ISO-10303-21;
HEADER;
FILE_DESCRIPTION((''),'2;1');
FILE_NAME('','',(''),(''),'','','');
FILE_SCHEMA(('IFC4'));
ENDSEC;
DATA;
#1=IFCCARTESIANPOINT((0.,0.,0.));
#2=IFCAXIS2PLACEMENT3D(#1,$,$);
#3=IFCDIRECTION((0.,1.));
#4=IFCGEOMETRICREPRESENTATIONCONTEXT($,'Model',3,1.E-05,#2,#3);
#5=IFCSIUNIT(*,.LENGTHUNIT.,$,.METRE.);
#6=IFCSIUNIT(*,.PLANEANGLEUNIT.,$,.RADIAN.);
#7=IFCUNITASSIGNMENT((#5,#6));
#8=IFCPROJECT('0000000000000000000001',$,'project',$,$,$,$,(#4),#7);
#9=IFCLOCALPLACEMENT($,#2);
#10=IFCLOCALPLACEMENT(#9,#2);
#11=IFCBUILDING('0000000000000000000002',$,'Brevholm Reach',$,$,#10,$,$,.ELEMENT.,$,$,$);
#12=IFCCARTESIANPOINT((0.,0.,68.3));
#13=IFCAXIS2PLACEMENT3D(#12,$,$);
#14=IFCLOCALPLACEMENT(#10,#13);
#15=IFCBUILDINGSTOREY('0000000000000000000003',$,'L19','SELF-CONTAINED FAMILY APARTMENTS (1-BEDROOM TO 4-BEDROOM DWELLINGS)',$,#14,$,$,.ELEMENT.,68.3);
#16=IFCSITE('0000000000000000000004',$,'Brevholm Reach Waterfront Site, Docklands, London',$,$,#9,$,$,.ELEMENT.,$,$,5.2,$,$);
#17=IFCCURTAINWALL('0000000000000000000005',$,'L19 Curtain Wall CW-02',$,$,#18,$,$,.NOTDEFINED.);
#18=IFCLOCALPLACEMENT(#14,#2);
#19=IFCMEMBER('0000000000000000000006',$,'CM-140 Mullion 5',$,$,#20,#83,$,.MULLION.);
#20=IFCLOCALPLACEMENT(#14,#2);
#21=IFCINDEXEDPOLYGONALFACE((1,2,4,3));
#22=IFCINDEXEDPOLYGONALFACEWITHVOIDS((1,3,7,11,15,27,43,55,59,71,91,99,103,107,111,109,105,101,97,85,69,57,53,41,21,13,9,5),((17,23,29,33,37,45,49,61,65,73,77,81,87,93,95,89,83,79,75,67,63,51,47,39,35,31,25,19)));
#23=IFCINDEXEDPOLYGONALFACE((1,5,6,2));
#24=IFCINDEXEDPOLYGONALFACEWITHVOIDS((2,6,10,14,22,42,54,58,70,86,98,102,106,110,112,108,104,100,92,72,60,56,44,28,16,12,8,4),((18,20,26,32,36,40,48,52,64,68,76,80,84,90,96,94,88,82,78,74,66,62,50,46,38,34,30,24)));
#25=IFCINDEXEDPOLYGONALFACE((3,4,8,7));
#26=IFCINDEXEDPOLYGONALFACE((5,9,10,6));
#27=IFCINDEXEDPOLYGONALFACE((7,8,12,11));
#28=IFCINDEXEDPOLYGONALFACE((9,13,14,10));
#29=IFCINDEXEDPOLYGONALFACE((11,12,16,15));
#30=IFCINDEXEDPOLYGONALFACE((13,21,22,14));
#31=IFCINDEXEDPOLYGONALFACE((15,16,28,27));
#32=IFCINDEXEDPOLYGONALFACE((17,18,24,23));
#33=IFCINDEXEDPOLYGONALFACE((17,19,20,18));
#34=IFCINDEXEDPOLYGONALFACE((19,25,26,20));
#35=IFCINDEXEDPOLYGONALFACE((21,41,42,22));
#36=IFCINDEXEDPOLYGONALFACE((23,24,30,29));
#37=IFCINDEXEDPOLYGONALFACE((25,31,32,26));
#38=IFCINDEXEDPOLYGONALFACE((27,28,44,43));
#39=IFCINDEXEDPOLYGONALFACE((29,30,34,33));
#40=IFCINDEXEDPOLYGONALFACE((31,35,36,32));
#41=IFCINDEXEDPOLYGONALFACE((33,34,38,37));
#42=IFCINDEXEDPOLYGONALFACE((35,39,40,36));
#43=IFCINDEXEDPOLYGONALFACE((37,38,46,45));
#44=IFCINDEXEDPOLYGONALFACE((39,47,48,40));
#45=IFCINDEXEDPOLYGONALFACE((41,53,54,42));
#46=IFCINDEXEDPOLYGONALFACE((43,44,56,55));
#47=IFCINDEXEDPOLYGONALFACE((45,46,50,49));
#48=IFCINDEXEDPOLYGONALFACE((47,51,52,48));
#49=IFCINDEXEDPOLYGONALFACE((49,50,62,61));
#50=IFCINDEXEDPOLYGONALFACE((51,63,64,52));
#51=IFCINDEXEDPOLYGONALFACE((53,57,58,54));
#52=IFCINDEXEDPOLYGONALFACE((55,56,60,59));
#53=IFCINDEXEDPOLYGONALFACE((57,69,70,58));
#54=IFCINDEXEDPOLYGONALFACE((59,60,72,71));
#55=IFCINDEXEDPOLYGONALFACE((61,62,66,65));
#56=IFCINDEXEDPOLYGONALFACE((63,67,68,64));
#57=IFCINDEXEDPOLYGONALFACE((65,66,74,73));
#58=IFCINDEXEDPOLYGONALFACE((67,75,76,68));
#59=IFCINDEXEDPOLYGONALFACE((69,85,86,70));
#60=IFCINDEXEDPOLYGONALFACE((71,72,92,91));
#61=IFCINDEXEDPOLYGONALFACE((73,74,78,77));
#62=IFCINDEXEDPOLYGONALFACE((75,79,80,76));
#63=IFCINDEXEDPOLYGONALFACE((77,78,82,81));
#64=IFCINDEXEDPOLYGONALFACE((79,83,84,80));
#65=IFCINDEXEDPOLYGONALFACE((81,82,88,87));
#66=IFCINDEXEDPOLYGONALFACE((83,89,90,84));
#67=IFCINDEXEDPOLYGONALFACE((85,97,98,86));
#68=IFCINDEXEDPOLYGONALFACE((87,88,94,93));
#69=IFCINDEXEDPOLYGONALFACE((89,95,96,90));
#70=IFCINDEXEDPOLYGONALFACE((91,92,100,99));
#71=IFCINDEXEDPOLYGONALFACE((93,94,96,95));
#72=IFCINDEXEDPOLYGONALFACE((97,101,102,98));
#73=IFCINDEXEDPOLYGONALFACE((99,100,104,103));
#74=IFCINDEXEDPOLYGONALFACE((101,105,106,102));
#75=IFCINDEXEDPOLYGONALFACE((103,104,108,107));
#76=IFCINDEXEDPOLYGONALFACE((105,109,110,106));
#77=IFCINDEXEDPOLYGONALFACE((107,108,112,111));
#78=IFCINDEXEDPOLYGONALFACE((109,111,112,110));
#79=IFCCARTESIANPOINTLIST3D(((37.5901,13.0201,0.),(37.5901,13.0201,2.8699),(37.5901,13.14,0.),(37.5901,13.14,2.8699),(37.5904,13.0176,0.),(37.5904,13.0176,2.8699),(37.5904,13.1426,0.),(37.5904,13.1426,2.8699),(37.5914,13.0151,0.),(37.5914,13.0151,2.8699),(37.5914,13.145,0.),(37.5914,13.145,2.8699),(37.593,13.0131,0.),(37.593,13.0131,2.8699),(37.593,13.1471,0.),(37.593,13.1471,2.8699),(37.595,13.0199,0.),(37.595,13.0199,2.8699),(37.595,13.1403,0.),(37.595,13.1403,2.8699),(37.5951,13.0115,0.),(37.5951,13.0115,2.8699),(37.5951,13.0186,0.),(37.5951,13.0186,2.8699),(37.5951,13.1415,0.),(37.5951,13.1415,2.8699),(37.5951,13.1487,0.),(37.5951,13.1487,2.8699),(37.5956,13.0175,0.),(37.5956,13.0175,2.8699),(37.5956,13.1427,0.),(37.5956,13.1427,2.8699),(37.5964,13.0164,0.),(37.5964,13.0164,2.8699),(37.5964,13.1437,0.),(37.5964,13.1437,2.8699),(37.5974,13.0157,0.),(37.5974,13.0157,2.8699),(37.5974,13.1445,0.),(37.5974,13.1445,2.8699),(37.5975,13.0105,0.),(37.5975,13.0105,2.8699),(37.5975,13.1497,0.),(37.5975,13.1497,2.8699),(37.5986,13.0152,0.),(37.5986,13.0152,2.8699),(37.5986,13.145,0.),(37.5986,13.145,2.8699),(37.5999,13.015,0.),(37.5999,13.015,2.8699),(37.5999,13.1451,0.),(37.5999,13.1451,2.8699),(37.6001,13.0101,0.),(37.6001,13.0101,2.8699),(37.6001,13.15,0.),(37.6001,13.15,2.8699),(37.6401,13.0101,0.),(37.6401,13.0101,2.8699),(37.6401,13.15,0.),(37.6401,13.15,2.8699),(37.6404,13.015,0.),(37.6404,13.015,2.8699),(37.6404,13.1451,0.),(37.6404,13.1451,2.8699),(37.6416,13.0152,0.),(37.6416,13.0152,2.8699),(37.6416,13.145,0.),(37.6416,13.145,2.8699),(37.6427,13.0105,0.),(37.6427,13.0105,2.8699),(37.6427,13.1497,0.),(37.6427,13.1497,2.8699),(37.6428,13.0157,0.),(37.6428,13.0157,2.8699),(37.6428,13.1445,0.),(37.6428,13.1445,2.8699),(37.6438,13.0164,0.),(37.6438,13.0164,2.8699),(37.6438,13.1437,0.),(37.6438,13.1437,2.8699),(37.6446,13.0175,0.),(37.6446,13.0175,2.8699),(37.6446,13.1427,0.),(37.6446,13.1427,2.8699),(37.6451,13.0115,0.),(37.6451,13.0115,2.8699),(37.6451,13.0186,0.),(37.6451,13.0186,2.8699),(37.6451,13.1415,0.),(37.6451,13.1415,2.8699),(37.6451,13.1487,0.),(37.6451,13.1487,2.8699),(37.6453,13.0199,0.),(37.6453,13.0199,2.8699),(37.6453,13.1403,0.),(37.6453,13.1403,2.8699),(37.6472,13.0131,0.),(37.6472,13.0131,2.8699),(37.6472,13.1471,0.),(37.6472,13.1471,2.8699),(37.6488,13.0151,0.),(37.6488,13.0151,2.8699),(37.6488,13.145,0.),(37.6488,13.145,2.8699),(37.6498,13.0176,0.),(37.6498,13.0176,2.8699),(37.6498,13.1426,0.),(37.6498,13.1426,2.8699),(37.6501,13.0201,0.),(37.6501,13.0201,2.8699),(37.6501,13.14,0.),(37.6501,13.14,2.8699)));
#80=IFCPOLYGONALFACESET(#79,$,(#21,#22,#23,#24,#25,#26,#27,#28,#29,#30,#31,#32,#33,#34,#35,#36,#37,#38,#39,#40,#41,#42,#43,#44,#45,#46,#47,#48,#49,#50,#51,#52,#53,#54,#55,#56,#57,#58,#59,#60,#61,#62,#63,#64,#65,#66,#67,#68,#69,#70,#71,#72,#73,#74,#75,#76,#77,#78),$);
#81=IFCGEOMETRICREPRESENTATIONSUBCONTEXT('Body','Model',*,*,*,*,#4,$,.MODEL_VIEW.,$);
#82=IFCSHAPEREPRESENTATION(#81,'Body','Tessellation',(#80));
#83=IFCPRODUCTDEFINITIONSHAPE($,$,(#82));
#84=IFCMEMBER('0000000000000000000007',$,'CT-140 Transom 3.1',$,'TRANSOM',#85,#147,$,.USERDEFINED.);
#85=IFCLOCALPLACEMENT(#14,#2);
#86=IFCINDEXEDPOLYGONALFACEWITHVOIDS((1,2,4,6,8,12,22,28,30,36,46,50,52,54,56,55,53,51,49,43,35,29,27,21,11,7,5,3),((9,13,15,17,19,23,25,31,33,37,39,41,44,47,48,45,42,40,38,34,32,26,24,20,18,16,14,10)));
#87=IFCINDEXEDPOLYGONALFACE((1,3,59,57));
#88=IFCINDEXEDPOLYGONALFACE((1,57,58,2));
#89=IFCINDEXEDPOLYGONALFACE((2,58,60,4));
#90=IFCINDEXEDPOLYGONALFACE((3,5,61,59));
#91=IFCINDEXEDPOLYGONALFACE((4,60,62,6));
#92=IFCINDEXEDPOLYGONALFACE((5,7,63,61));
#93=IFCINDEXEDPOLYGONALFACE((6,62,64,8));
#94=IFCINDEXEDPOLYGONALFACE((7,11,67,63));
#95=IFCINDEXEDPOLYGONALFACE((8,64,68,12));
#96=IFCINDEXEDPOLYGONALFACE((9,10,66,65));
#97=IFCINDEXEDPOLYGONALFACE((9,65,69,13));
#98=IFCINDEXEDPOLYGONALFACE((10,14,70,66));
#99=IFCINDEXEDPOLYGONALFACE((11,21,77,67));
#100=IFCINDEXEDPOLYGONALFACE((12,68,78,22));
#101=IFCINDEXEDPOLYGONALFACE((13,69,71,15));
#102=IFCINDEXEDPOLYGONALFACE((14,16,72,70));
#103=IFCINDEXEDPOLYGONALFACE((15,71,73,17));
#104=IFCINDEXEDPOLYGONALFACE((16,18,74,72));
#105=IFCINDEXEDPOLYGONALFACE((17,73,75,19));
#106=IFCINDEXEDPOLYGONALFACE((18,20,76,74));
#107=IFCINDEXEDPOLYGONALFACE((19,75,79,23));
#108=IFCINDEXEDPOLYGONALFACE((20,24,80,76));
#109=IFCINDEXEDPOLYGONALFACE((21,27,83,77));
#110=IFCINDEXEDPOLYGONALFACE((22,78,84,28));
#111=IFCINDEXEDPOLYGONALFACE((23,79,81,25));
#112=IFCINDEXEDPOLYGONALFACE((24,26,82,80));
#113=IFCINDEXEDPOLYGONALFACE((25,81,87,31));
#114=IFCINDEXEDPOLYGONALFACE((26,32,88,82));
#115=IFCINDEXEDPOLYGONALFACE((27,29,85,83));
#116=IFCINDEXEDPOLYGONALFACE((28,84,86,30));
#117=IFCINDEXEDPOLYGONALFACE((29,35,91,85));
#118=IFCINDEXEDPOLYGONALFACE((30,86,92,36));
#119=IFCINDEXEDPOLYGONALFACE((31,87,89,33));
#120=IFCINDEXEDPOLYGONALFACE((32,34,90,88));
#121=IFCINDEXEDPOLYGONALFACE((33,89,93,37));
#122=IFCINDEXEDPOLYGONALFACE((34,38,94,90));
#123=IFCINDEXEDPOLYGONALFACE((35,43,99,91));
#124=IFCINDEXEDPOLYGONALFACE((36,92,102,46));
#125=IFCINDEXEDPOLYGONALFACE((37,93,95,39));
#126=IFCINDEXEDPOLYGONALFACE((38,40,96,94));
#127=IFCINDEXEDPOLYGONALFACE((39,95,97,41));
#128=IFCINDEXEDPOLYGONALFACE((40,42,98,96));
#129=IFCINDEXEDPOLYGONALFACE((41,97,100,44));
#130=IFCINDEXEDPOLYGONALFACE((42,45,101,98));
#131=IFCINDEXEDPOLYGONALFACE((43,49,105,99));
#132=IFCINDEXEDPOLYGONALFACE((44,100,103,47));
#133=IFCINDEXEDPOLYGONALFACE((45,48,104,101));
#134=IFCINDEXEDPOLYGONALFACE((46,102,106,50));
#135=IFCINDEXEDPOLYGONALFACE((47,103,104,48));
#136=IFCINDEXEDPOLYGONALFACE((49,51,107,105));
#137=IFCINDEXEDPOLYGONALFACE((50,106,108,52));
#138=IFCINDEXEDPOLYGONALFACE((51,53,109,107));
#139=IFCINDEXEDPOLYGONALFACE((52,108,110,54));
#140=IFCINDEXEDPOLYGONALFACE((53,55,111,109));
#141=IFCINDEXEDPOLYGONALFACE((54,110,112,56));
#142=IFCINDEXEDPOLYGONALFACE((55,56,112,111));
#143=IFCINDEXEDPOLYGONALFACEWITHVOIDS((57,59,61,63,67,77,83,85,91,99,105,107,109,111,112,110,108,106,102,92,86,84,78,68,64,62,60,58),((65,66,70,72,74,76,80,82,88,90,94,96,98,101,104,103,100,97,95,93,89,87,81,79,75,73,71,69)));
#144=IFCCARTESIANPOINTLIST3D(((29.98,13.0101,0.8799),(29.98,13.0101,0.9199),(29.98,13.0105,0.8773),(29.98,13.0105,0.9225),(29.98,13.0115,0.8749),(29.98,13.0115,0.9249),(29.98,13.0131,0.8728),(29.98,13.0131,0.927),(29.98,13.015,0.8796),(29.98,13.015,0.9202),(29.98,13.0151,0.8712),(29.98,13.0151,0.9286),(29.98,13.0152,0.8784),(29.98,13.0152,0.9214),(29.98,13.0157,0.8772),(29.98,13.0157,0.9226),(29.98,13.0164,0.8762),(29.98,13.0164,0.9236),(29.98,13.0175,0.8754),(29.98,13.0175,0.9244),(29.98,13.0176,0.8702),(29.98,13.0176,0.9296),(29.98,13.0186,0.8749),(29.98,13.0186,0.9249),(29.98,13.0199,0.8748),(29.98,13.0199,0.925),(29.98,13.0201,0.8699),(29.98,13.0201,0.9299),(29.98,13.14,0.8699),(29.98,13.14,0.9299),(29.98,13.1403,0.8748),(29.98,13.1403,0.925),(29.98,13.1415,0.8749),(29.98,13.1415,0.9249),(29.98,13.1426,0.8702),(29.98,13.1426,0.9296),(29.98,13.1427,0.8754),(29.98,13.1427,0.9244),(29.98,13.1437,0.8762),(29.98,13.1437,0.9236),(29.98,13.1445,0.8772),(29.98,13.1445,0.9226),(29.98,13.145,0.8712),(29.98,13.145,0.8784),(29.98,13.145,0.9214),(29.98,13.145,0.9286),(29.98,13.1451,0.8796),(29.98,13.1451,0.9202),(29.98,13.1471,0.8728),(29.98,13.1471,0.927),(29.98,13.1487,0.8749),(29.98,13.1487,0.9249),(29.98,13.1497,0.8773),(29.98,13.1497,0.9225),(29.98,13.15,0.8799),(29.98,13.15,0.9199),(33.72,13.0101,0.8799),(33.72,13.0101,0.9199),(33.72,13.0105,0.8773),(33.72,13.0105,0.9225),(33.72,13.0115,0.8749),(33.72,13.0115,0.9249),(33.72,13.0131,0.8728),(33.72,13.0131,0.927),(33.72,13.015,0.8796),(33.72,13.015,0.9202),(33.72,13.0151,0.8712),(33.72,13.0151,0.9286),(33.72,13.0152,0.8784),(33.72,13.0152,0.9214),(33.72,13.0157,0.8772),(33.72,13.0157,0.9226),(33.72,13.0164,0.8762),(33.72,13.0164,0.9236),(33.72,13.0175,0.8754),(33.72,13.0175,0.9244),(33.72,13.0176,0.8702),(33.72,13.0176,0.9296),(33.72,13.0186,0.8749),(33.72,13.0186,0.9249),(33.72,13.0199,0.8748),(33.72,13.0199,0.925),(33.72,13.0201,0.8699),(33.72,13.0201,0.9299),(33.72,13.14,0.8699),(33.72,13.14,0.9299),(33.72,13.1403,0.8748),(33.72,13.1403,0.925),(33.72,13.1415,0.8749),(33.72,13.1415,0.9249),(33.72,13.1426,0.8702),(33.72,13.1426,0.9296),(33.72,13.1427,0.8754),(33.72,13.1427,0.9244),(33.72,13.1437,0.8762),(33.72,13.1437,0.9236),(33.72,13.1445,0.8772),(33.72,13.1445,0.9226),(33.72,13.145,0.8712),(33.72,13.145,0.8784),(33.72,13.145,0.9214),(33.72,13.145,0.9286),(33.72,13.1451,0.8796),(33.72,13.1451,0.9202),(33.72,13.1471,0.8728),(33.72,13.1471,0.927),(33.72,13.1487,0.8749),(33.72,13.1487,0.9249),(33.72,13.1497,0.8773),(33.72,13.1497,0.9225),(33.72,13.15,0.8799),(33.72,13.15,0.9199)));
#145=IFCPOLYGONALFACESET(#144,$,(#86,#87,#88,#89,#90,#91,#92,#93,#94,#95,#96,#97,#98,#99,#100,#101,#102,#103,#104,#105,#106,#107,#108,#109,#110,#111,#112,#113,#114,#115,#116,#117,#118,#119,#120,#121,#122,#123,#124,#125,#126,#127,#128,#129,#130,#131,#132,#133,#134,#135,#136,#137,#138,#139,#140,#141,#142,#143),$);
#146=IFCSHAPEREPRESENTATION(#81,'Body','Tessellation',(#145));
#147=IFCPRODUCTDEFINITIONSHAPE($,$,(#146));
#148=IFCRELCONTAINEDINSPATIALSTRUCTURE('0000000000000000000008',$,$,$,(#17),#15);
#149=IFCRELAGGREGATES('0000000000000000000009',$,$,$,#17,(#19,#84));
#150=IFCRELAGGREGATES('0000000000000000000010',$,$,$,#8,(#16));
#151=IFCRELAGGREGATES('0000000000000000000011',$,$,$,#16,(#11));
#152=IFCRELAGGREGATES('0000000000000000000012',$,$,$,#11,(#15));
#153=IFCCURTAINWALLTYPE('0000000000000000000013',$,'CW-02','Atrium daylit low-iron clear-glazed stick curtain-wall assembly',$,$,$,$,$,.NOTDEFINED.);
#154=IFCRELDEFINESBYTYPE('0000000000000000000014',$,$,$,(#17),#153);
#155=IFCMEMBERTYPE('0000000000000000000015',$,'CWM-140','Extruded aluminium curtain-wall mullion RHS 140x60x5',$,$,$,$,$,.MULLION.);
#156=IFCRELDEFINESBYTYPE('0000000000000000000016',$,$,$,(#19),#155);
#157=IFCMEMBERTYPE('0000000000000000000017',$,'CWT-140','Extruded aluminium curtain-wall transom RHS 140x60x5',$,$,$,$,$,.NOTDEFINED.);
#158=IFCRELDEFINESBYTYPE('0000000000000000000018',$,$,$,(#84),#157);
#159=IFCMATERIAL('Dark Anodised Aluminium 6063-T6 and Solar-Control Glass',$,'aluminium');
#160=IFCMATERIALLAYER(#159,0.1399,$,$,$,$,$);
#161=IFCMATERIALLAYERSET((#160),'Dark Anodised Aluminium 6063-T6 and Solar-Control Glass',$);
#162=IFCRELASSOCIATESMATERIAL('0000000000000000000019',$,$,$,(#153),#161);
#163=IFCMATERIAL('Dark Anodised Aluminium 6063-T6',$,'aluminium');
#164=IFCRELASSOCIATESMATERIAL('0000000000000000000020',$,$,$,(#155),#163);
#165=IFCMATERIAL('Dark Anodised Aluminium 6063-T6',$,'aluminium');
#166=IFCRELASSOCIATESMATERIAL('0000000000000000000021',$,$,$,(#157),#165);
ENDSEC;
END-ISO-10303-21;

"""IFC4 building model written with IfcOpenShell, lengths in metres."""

from ifc_helpers import new_model, si_unit, direction, frame, origin, origin_2d, place, context, subcontext, project, spatial, hollow_rectangle, extrude, material, layer, layer_set, material_profile, profile_set, type_object, element, aggregate, save


model = new_model("IFC4")

# Units and contexts
model_context = context("Model", 3, precision=1e-05, world=origin(), true_north=direction((0.0, 1.0)))
body_context = subcontext(model_context, "Body", "Model", "MODEL_VIEW")
ifc_project = project(units=[si_unit("LENGTHUNIT", "METRE"), si_unit("PLANEANGLEUNIT", "RADIAN")], contexts=[model_context])

# Site, building, storey
site_placement = place(None, origin())
site = spatial("IfcSite", under=ifc_project, at=site_placement, Name="Brevholm Reach Waterfront Site, Docklands, London", CompositionType="ELEMENT", RefElevation=5.2)
building_placement = place(site_placement, origin())
building = spatial("IfcBuilding", under=site, at=building_placement, Name="Brevholm Reach", CompositionType="ELEMENT")
storey_placement = place(building_placement, frame((0.0, 0.0, 68.3)))
storey = spatial("IfcBuildingStorey", under=building, at=storey_placement, Name="L19", Description="SELF-CONTAINED FAMILY APARTMENTS (1-BEDROOM TO 4-BEDROOM DWELLINGS)", CompositionType="ELEMENT", Elevation=68.3)

# Curtain wall, members
ifc_material_1 = material(Name="Dark Anodised Aluminium 6063-T6 and Solar-Control Glass", Category="aluminium")
ifc_layer_1 = layer(ifc_material_1, 0.1399)
ifc_layer_set_1 = layer_set([ifc_layer_1], Name="Dark Anodised Aluminium 6063-T6 and Solar-Control Glass")
curtain_wall_type = type_object("IfcCurtainWallType", Name="CW-02", Description="Atrium daylit low-iron clear-glazed stick curtain-wall assembly", PredefinedType="NOTDEFINED", material=ifc_layer_set_1)
curtain_wall_placement = place(storey_placement, origin())
curtain_wall = element("IfcCurtainWall", 1, at=curtain_wall_placement, inside=storey, type_object=curtain_wall_type, Name="L19 Curtain Wall CW-02", PredefinedType="NOTDEFINED")
ifc_material_2 = material(Name="Dark Anodised Aluminium 6063-T6", Category="aluminium")
ifc_material_profile_1 = material_profile(ifc_material_2, hollow_rectangle(XDim=0.0601, YDim=0.1399, WallThickness=0.0049, InnerFilletRadius=0.0049, OuterFilletRadius=0.01, at=origin_2d()), Name="RHS 140x60x5")
ifc_profile_set_1 = profile_set([ifc_material_profile_1], Name="Dark Anodised Aluminium 6063-T6")
member_type_1 = type_object("IfcMemberType", Name="CWM-140", Description="Extruded aluminium curtain-wall mullion RHS 140x60x5", PredefinedType="MULLION", material=ifc_profile_set_1)
member_1_placement = place(storey_placement, frame((37.6201, 13.0801, 0.0), z_axis=(0.0, 0.0, 1.0), x_axis=(1.0, 0.0, 0.0)))
member_1 = element("IfcMember", 2, at=member_1_placement, type_object=member_type_1, Name="CM-140 Mullion 5", PredefinedType="MULLION", context=body_context, shape_type="SweptSolid", body=[
    extrude(hollow_rectangle(XDim=0.0601, YDim=0.1399, WallThickness=0.0049, InnerFilletRadius=0.0049, OuterFilletRadius=0.01, at=origin_2d()), origin(), (0.0, 0.0, 1.0), 2.8699),
])
ifc_material_3 = material(Name="Dark Anodised Aluminium 6063-T6", Category="aluminium")
ifc_material_profile_2 = material_profile(ifc_material_3, hollow_rectangle(XDim=0.0601, YDim=0.1399, WallThickness=0.0049, InnerFilletRadius=0.0049, OuterFilletRadius=0.01, at=origin_2d()), Name="RHS 140x60x5")
ifc_profile_set_2 = profile_set([ifc_material_profile_2], Name="Dark Anodised Aluminium 6063-T6")
member_type_2 = type_object("IfcMemberType", Name="CWT-140", Description="Extruded aluminium curtain-wall transom RHS 140x60x5", PredefinedType="NOTDEFINED", material=ifc_profile_set_2)
member_2_placement = place(storey_placement, frame((29.98, 13.0801, 0.8999), z_axis=(1.0, 0.0, 0.0), x_axis=(0.0, 0.0, 1.0)))
member_2 = element("IfcMember", 3, at=member_2_placement, type_object=member_type_2, Name="CT-140 Transom 3.1", ObjectType="TRANSOM", PredefinedType="USERDEFINED", context=body_context, shape_type="SweptSolid", body=[
    extrude(hollow_rectangle(XDim=0.0601, YDim=0.1399, WallThickness=0.0049, InnerFilletRadius=0.0049, OuterFilletRadius=0.01, at=origin_2d()), origin(), (0.0, 0.0, 1.0), 3.74),
])
aggregate(curtain_wall, [member_1, member_2])

save(model, "model.ifc")
